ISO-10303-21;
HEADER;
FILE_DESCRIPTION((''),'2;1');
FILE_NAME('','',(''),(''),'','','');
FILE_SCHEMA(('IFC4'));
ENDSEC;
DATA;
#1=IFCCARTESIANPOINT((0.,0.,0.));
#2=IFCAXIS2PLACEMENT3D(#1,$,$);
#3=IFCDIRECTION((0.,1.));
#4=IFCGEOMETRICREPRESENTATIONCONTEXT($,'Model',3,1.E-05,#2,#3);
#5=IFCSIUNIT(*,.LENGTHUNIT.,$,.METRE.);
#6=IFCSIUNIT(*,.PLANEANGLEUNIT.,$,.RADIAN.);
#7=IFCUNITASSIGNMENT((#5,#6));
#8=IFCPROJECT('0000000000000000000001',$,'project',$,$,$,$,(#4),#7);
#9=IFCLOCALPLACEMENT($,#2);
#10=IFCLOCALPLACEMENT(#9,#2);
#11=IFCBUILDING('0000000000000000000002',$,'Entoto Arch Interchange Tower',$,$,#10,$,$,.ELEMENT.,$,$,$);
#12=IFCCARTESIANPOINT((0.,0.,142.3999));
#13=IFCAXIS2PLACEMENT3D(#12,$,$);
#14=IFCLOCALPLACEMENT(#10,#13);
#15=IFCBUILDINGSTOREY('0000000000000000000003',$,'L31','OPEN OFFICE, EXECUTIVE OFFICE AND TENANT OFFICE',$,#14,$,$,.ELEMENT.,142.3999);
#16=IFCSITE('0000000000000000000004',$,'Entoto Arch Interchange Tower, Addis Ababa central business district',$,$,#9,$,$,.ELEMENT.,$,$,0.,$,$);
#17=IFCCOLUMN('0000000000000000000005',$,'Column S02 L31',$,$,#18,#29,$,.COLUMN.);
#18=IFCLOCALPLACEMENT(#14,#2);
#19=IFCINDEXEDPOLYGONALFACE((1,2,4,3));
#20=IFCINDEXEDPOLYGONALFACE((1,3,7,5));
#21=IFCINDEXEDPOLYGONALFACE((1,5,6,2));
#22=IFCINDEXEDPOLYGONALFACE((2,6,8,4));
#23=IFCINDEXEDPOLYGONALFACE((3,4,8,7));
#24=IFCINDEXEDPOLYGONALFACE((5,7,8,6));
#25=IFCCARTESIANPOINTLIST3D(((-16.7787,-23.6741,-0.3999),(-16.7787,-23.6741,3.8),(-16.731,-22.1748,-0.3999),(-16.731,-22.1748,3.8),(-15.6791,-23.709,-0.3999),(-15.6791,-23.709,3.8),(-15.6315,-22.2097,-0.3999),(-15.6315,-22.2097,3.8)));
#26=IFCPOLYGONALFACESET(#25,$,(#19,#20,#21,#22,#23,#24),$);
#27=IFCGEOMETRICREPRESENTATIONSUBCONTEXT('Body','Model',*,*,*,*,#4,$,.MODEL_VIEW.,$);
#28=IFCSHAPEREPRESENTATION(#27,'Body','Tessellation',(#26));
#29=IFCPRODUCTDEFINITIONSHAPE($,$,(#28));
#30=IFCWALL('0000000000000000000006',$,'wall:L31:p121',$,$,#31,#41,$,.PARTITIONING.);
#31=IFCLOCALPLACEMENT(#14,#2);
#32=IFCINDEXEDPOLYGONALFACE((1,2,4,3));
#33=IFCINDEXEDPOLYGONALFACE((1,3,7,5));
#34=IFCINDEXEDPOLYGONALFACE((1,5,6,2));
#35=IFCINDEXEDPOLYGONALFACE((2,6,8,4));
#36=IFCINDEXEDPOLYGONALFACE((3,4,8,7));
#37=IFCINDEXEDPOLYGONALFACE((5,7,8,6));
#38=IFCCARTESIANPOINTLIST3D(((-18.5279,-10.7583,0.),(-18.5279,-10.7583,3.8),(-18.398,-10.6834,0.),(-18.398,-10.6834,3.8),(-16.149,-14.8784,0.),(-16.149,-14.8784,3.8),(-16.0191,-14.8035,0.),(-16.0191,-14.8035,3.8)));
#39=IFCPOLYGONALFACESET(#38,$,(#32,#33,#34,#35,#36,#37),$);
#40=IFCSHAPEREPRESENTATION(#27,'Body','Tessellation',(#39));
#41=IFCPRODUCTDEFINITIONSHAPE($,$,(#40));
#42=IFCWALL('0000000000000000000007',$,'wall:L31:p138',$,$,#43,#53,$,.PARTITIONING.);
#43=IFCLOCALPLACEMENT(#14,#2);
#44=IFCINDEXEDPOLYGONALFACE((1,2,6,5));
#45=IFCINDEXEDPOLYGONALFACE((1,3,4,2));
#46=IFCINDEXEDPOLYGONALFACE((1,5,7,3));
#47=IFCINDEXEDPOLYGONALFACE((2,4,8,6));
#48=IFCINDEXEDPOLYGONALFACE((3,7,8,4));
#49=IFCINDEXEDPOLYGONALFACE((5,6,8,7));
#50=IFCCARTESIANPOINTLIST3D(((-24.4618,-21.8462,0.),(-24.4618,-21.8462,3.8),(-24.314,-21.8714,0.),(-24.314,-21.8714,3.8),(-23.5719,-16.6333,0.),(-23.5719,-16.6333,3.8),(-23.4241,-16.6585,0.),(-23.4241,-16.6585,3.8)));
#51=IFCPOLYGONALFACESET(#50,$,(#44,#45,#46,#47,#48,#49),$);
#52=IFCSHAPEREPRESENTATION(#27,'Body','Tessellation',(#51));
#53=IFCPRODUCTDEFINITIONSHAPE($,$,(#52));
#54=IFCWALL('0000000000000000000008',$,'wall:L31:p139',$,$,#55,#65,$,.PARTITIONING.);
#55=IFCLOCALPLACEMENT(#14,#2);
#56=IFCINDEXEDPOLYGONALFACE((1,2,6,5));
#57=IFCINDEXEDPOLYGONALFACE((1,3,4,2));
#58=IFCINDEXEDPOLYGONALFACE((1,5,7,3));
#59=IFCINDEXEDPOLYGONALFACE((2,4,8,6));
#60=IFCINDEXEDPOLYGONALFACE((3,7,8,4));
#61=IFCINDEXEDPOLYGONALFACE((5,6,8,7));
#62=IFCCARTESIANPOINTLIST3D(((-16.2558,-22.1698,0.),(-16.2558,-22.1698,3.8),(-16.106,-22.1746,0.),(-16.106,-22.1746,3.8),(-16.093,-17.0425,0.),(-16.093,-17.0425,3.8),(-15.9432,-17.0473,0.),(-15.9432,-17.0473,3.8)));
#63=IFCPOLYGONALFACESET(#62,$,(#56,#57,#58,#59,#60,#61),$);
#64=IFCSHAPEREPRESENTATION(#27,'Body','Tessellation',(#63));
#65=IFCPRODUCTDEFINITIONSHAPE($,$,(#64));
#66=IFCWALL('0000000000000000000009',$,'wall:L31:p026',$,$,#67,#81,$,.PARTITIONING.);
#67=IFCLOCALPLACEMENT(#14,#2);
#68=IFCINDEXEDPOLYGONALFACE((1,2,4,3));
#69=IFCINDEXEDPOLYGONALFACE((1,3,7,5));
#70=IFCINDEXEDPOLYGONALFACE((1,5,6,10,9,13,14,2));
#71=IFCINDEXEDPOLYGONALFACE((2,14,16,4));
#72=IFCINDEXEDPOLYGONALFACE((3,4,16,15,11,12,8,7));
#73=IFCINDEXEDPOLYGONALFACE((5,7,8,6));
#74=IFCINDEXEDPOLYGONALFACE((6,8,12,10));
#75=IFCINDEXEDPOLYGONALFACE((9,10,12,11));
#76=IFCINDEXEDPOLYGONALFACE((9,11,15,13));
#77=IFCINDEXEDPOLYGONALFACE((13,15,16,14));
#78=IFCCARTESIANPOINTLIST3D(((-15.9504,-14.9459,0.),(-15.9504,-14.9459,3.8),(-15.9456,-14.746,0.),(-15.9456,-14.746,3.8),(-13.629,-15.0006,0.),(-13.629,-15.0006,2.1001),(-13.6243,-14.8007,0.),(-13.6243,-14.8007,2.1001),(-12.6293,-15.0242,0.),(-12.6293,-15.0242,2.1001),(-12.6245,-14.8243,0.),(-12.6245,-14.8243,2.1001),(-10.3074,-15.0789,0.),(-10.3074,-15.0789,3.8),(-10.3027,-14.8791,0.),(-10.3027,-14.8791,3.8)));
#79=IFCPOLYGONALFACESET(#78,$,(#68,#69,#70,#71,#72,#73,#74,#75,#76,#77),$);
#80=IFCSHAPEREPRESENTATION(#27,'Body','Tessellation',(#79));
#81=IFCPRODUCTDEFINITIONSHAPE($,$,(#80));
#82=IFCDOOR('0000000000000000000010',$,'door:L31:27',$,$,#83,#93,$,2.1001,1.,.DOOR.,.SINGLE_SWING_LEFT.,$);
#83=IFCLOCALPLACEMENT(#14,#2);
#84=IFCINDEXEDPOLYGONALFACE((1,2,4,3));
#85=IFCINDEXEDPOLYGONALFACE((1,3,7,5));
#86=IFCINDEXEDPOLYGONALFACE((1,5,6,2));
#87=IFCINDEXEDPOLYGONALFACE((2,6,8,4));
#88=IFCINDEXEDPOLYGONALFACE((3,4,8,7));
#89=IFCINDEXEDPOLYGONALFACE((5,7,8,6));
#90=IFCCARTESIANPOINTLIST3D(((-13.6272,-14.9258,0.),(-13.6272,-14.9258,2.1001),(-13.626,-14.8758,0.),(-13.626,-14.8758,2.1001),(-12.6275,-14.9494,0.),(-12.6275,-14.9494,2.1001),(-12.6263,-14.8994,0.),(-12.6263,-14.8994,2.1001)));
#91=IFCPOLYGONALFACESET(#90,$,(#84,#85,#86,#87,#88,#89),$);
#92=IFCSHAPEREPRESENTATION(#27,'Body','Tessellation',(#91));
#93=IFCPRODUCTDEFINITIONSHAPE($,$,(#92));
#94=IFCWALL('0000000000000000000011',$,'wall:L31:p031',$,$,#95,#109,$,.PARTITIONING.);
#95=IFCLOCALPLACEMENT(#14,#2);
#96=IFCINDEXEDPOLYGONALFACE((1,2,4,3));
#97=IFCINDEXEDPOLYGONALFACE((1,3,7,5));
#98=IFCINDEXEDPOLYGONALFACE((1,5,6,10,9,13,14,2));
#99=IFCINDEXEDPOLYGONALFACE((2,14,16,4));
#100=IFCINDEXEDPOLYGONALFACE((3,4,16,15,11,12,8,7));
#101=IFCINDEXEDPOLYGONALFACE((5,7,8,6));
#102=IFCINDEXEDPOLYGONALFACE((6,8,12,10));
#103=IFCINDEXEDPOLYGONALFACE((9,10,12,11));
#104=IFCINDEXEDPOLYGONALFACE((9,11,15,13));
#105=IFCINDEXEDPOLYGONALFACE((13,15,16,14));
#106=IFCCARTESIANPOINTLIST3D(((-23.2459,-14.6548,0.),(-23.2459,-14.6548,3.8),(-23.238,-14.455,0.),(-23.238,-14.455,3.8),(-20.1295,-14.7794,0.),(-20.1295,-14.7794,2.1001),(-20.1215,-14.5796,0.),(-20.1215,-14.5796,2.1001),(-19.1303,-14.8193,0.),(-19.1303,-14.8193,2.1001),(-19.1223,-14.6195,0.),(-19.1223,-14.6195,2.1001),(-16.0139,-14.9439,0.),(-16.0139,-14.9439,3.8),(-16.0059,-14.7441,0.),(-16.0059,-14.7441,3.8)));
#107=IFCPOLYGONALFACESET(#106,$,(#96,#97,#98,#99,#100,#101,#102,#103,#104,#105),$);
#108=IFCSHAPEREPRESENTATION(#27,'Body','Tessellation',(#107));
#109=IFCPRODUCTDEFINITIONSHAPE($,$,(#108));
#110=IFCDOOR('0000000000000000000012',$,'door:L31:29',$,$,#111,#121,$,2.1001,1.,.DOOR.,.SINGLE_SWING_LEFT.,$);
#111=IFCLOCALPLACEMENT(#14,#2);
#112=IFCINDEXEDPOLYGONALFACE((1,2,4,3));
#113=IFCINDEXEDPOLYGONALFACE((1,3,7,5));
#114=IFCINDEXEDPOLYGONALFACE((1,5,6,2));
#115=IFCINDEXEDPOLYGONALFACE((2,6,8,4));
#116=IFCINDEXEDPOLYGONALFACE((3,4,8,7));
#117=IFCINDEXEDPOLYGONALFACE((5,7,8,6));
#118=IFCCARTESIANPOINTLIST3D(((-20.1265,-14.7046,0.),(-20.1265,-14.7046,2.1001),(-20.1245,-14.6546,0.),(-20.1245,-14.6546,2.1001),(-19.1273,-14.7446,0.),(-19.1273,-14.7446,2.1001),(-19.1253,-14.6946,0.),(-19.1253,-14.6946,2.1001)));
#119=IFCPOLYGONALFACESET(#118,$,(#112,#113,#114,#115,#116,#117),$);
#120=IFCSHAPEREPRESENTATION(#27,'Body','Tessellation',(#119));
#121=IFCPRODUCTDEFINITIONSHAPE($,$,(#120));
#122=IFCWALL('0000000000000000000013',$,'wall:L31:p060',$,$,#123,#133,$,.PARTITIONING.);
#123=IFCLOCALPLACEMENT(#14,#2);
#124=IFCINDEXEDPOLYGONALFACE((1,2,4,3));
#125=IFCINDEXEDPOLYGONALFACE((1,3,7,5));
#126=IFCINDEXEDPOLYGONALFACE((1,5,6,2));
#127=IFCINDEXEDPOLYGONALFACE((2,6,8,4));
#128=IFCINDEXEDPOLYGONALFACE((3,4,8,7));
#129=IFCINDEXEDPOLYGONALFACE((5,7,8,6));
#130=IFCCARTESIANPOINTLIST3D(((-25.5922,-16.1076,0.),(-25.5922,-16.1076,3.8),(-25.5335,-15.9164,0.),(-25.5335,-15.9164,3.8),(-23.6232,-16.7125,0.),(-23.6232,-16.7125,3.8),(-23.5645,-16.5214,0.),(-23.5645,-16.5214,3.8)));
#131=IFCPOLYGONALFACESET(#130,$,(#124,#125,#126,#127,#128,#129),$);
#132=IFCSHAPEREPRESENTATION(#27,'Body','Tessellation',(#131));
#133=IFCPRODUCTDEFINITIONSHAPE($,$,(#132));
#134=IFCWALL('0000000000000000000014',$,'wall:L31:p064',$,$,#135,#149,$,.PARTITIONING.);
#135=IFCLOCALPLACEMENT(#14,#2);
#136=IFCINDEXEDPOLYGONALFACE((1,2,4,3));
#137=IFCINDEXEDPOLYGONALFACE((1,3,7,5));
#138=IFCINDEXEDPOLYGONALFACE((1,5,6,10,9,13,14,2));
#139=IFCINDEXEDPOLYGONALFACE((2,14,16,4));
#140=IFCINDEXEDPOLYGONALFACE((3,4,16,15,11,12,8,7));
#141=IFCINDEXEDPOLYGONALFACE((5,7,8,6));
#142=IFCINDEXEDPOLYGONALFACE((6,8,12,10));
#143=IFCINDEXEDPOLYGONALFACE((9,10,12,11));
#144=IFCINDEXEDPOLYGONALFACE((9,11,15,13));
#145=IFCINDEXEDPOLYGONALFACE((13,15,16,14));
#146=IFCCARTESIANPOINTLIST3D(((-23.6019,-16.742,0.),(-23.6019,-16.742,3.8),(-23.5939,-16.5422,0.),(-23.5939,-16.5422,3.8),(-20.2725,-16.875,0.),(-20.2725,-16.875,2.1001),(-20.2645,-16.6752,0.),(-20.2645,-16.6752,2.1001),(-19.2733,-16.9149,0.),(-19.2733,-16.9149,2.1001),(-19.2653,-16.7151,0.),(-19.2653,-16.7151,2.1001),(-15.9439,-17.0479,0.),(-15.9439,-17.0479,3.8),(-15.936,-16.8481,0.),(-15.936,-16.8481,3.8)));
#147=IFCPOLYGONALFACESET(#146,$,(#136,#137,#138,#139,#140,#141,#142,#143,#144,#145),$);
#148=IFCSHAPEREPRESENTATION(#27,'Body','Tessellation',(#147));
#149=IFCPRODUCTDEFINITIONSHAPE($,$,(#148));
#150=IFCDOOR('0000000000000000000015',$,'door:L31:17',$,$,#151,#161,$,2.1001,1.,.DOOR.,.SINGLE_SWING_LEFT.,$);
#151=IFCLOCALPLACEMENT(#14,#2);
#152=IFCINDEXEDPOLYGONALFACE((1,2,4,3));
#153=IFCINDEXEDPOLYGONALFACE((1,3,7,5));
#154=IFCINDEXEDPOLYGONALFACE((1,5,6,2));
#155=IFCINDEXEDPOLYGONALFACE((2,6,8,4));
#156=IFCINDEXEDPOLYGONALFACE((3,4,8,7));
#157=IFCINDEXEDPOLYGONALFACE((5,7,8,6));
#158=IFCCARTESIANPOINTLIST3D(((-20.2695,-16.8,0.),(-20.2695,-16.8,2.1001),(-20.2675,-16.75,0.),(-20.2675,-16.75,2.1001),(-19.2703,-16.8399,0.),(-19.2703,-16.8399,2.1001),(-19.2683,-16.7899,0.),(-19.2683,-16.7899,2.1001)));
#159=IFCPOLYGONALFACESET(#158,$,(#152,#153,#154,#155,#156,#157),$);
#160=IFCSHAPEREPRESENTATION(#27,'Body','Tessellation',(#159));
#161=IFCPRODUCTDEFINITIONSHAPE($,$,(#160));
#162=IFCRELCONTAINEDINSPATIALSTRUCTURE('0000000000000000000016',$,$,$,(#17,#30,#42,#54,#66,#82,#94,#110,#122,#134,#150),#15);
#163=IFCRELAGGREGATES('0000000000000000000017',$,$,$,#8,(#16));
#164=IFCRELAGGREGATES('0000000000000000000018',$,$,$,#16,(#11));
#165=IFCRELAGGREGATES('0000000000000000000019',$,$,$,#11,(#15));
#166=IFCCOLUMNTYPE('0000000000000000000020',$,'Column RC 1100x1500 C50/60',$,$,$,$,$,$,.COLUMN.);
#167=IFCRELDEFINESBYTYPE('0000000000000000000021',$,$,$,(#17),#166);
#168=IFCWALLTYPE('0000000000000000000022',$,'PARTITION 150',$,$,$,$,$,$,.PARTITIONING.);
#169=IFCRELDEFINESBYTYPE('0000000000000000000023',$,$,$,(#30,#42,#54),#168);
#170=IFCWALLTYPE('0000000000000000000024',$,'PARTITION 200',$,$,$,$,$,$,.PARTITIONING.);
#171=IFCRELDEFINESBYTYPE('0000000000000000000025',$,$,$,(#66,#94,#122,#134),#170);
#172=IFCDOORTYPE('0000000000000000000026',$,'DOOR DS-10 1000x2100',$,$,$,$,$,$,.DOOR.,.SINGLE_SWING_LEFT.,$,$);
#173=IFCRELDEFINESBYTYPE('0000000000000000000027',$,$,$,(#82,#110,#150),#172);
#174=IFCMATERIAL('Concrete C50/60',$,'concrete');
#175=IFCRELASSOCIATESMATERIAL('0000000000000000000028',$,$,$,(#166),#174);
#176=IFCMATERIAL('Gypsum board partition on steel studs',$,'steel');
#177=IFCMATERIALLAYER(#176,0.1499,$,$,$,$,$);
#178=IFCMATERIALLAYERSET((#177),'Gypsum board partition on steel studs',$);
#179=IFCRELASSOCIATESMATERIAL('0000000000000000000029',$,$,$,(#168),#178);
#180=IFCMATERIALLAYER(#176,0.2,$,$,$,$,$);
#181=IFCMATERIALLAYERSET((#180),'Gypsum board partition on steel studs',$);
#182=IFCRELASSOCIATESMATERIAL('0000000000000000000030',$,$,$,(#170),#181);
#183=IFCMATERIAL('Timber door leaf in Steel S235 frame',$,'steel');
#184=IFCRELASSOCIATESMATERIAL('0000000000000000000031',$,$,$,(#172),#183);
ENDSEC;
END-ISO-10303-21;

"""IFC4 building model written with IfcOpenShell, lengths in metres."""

from ifc_helpers import new_model, si_unit, direction, frame, frame_2d, origin, origin_2d, place, context, subcontext, project, spatial, rectangle, extrude, material, layer, layer_set, material_profile, profile_set, type_object, element, fill, save


model = new_model("IFC4")

# Units and contexts
model_context = context("Model", 3, precision=1e-05, world=origin(), true_north=direction((0.0, 1.0)))
body_context = subcontext(model_context, "Body", "Model", "MODEL_VIEW")
ifc_project = project(units=[si_unit("LENGTHUNIT", "METRE"), si_unit("PLANEANGLEUNIT", "RADIAN")], contexts=[model_context])

# Site, building, storey
site_placement = place(None, origin())
site = spatial("IfcSite", under=ifc_project, at=site_placement, Name="Entoto Arch Interchange Tower, Addis Ababa central business district", CompositionType="ELEMENT", RefElevation=0.0)
building_placement = place(site_placement, origin())
building = spatial("IfcBuilding", under=site, at=building_placement, Name="Entoto Arch Interchange Tower", CompositionType="ELEMENT")
storey_placement = place(building_placement, frame((0.0, 0.0, 142.3999)))
storey = spatial("IfcBuildingStorey", under=building, at=storey_placement, Name="L31", Description="OPEN OFFICE, EXECUTIVE OFFICE AND TENANT OFFICE", CompositionType="ELEMENT", Elevation=142.3999)

# Column
ifc_material_1 = material(Name="Concrete C50/60", Category="concrete")
ifc_material_profile = material_profile(ifc_material_1, rectangle(XDim=1.1001, YDim=1.5, at=origin_2d()))
ifc_profile_set = profile_set([ifc_material_profile], Name="Concrete C50/60")
column_type = type_object("IfcColumnType", Name="Column RC 1100x1500 C50/60", PredefinedType="COLUMN", material=ifc_profile_set)
column_placement = place(storey_placement, frame((-16.2051, -22.9419, -0.3999), z_axis=(0.0, 0.0, 1.0), x_axis=(-0.999496, 0.031742, 0.0)))
element("IfcColumn", 1, at=column_placement, inside=storey, type_object=column_type, Name="Column S02 L31", PredefinedType="COLUMN", context=body_context, shape_type="SweptSolid", body=[
    extrude(rectangle(XDim=1.1001, YDim=1.5, at=origin_2d()), origin(), (0.0, 0.0, 1.0), 4.2),
])

# Walls
ifc_material_2 = material(Name="Gypsum board partition on steel studs", Category="steel")
ifc_layer_1 = layer(ifc_material_2, 0.1499)
ifc_layer_set_1 = layer_set([ifc_layer_1], Name="Gypsum board partition on steel studs")
wall_type_1 = type_object("IfcWallType", Name="PARTITION 150", PredefinedType="PARTITIONING", material=ifc_layer_set_1)
wall_1_placement = place(storey_placement, frame((-16.084, -14.8411, 0.0), z_axis=(0.0, 0.0, 1.0), x_axis=(-0.500025, 0.866011, 0.0)))
element("IfcWall", 2, at=wall_1_placement, inside=storey, type_object=wall_type_1, Name="wall:L31:p121", PredefinedType="PARTITIONING", context=body_context, shape_type="SweptSolid", body=[
    extrude(rectangle(XDim=4.7576, YDim=0.1499, at=frame_2d((2.3789, 0.0))), origin(), (0.0, 0.0, 1.0), 3.8),
])
wall_2_placement = place(storey_placement, frame((-23.498, -16.646, 0.0), z_axis=(0.0, 0.0, 1.0), x_axis=(-0.168276, -0.98574, 0.0)))
element("IfcWall", 3, at=wall_2_placement, inside=storey, type_object=wall_type_1, Name="wall:L31:p138", PredefinedType="PARTITIONING", context=body_context, shape_type="SweptSolid", body=[
    extrude(rectangle(XDim=5.2883, YDim=0.1499, at=frame_2d((2.644, 0.0))), origin(), (0.0, 0.0, 1.0), 3.8),
])
wall_3_placement = place(storey_placement, frame((-16.0181, -17.0449, 0.0), z_axis=(0.0, 0.0, 1.0), x_axis=(-0.031744, -0.999496, 0.0)))
element("IfcWall", 4, at=wall_3_placement, inside=storey, type_object=wall_type_1, Name="wall:L31:p139", PredefinedType="PARTITIONING", context=body_context, shape_type="SweptSolid", body=[
    extrude(rectangle(XDim=5.1299, YDim=0.1499, at=frame_2d((2.5649, 0.0))), origin(), (0.0, 0.0, 1.0), 3.8),
])

# Walls, openings, doors
ifc_layer_2 = layer(ifc_material_2, 0.2)
ifc_layer_set_2 = layer_set([ifc_layer_2], Name="Gypsum board partition on steel studs")
wall_type_2 = type_object("IfcWallType", Name="PARTITION 200", PredefinedType="PARTITIONING", material=ifc_layer_set_2)
wall_4_placement = place(storey_placement, frame((-15.948, -14.8459, 0.0), z_axis=(0.0, 0.0, 1.0), x_axis=(0.999722, -0.023572, 0.0)))
wall_4 = element("IfcWall", 5, at=wall_4_placement, inside=storey, type_object=wall_type_2, Name="wall:L31:p026", PredefinedType="PARTITIONING", context=body_context, shape_type="SweptSolid", body=[
    extrude(rectangle(XDim=5.6445, YDim=0.2, at=frame_2d((2.8223, 0.0))), origin(), (0.0, 0.0, 1.0), 3.8),
])
opening_1_placement = place(wall_4_placement, frame((2.322, 0.0, 0.0)))
opening_1 = element("IfcOpeningElement", 6, at=opening_1_placement, cuts=wall_4, PredefinedType="OPENING", context=body_context, shape_type="SweptSolid", body=[
    extrude(rectangle(XDim=1.0, YDim=2.1001, at=frame_2d((0.5, 1.05))), frame((0.0, 0.1099, 0.0), z_axis=(0.0, -1.0, 0.0), x_axis=(1.0, 0.0, 0.0)), (0.0, 0.0, 1.0), 0.22),
])
ifc_material_3 = material(Name="Timber door leaf in Steel S235 frame", Category="steel")
door_type = type_object("IfcDoorType", Name="DOOR DS-10 1000x2100", OperationType="SINGLE_SWING_LEFT", PredefinedType="DOOR", material=ifc_material_3)
door_1_placement = place(opening_1_placement, origin())
door_1 = element("IfcDoor", 7, at=door_1_placement, inside=storey, type_object=door_type, Name="door:L31:27", OperationType="SINGLE_SWING_LEFT", OverallHeight=2.1001, OverallWidth=1.0, PredefinedType="DOOR", context=body_context, shape_type="SweptSolid", body=[
    extrude(rectangle(XDim=1.0, YDim=2.1001, at=frame_2d((0.5, 1.05))), frame((0.0, 0.0249, 0.0), z_axis=(0.0, -1.0, 0.0), x_axis=(1.0, 0.0, 0.0)), (0.0, 0.0, 1.0), 0.05),
])
fill(opening_1, door_1)
wall_5_placement = place(storey_placement, frame((-23.2419, -14.5549, 0.0), z_axis=(0.0, 0.0, 1.0), x_axis=(0.999202, -0.039938, 0.0)))
wall_5 = element("IfcWall", 8, at=wall_5_placement, inside=storey, type_object=wall_type_2, Name="wall:L31:p031", PredefinedType="PARTITIONING", context=body_context, shape_type="SweptSolid", body=[
    extrude(rectangle(XDim=7.2378, YDim=0.2, at=frame_2d((3.6189, 0.0))), origin(), (0.0, 0.0, 1.0), 3.8),
])
opening_2_placement = place(wall_5_placement, frame((3.1189, 0.0, 0.0)))
opening_2 = element("IfcOpeningElement", 9, at=opening_2_placement, cuts=wall_5, PredefinedType="OPENING", context=body_context, shape_type="SweptSolid", body=[
    extrude(rectangle(XDim=1.0, YDim=2.1001, at=frame_2d((0.5, 1.05))), frame((0.0, 0.1099, 0.0), z_axis=(0.0, -1.0, 0.0), x_axis=(1.0, 0.0, 0.0)), (0.0, 0.0, 1.0), 0.22),
])
door_2_placement = place(opening_2_placement, origin())
door_2 = element("IfcDoor", 10, at=door_2_placement, inside=storey, type_object=door_type, Name="door:L31:29", OperationType="SINGLE_SWING_LEFT", OverallHeight=2.1001, OverallWidth=1.0, PredefinedType="DOOR", context=body_context, shape_type="SweptSolid", body=[
    extrude(rectangle(XDim=1.0, YDim=2.1001, at=frame_2d((0.5, 1.05))), frame((0.0, 0.0249, 0.0), z_axis=(0.0, -1.0, 0.0), x_axis=(1.0, 0.0, 0.0)), (0.0, 0.0, 1.0), 0.05),
])
fill(opening_2, door_2)

# Wall
wall_6_placement = place(storey_placement, frame((-23.594, -16.6169, 0.0), z_axis=(0.0, 0.0, 1.0), x_axis=(-0.955897, 0.293703, 0.0)))
element("IfcWall", 11, at=wall_6_placement, inside=storey, type_object=wall_type_2, Name="wall:L31:p060", PredefinedType="PARTITIONING", context=body_context, shape_type="SweptSolid", body=[
    extrude(rectangle(XDim=2.0598, YDim=0.2, at=frame_2d((1.0298, 0.0))), origin(), (0.0, 0.0, 1.0), 3.8),
])

# Wall, opening, door
wall_7_placement = place(storey_placement, frame((-15.9399, -16.948, 0.0), z_axis=(0.0, 0.0, 1.0), x_axis=(-0.999203, 0.039915, 0.0)))
wall_7 = element("IfcWall", 12, at=wall_7_placement, inside=storey, type_object=wall_type_2, Name="wall:L31:p064", PredefinedType="PARTITIONING", context=body_context, shape_type="SweptSolid", body=[
    extrude(rectangle(XDim=7.6641, YDim=0.2, at=frame_2d((3.832, 0.0))), origin(), (0.0, 0.0, 1.0), 3.8),
])
opening_3_placement = place(wall_7_placement, frame((3.332, 0.0, 0.0)))
opening_3 = element("IfcOpeningElement", 13, at=opening_3_placement, cuts=wall_7, PredefinedType="OPENING", context=body_context, shape_type="SweptSolid", body=[
    extrude(rectangle(XDim=1.0, YDim=2.1001, at=frame_2d((0.5, 1.05))), frame((0.0, 0.1099, 0.0), z_axis=(0.0, -1.0, 0.0), x_axis=(1.0, 0.0, 0.0)), (0.0, 0.0, 1.0), 0.22),
])
door_3_placement = place(opening_3_placement, origin())
door_3 = element("IfcDoor", 14, at=door_3_placement, inside=storey, type_object=door_type, Name="door:L31:17", OperationType="SINGLE_SWING_LEFT", OverallHeight=2.1001, OverallWidth=1.0, PredefinedType="DOOR", context=body_context, shape_type="SweptSolid", body=[
    extrude(rectangle(XDim=1.0, YDim=2.1001, at=frame_2d((0.5, 1.05))), frame((0.0, 0.0249, 0.0), z_axis=(0.0, -1.0, 0.0), x_axis=(1.0, 0.0, 0.0)), (0.0, 0.0, 1.0), 0.05),
])
fill(opening_3, door_3)

save(model, "model.ifc")
